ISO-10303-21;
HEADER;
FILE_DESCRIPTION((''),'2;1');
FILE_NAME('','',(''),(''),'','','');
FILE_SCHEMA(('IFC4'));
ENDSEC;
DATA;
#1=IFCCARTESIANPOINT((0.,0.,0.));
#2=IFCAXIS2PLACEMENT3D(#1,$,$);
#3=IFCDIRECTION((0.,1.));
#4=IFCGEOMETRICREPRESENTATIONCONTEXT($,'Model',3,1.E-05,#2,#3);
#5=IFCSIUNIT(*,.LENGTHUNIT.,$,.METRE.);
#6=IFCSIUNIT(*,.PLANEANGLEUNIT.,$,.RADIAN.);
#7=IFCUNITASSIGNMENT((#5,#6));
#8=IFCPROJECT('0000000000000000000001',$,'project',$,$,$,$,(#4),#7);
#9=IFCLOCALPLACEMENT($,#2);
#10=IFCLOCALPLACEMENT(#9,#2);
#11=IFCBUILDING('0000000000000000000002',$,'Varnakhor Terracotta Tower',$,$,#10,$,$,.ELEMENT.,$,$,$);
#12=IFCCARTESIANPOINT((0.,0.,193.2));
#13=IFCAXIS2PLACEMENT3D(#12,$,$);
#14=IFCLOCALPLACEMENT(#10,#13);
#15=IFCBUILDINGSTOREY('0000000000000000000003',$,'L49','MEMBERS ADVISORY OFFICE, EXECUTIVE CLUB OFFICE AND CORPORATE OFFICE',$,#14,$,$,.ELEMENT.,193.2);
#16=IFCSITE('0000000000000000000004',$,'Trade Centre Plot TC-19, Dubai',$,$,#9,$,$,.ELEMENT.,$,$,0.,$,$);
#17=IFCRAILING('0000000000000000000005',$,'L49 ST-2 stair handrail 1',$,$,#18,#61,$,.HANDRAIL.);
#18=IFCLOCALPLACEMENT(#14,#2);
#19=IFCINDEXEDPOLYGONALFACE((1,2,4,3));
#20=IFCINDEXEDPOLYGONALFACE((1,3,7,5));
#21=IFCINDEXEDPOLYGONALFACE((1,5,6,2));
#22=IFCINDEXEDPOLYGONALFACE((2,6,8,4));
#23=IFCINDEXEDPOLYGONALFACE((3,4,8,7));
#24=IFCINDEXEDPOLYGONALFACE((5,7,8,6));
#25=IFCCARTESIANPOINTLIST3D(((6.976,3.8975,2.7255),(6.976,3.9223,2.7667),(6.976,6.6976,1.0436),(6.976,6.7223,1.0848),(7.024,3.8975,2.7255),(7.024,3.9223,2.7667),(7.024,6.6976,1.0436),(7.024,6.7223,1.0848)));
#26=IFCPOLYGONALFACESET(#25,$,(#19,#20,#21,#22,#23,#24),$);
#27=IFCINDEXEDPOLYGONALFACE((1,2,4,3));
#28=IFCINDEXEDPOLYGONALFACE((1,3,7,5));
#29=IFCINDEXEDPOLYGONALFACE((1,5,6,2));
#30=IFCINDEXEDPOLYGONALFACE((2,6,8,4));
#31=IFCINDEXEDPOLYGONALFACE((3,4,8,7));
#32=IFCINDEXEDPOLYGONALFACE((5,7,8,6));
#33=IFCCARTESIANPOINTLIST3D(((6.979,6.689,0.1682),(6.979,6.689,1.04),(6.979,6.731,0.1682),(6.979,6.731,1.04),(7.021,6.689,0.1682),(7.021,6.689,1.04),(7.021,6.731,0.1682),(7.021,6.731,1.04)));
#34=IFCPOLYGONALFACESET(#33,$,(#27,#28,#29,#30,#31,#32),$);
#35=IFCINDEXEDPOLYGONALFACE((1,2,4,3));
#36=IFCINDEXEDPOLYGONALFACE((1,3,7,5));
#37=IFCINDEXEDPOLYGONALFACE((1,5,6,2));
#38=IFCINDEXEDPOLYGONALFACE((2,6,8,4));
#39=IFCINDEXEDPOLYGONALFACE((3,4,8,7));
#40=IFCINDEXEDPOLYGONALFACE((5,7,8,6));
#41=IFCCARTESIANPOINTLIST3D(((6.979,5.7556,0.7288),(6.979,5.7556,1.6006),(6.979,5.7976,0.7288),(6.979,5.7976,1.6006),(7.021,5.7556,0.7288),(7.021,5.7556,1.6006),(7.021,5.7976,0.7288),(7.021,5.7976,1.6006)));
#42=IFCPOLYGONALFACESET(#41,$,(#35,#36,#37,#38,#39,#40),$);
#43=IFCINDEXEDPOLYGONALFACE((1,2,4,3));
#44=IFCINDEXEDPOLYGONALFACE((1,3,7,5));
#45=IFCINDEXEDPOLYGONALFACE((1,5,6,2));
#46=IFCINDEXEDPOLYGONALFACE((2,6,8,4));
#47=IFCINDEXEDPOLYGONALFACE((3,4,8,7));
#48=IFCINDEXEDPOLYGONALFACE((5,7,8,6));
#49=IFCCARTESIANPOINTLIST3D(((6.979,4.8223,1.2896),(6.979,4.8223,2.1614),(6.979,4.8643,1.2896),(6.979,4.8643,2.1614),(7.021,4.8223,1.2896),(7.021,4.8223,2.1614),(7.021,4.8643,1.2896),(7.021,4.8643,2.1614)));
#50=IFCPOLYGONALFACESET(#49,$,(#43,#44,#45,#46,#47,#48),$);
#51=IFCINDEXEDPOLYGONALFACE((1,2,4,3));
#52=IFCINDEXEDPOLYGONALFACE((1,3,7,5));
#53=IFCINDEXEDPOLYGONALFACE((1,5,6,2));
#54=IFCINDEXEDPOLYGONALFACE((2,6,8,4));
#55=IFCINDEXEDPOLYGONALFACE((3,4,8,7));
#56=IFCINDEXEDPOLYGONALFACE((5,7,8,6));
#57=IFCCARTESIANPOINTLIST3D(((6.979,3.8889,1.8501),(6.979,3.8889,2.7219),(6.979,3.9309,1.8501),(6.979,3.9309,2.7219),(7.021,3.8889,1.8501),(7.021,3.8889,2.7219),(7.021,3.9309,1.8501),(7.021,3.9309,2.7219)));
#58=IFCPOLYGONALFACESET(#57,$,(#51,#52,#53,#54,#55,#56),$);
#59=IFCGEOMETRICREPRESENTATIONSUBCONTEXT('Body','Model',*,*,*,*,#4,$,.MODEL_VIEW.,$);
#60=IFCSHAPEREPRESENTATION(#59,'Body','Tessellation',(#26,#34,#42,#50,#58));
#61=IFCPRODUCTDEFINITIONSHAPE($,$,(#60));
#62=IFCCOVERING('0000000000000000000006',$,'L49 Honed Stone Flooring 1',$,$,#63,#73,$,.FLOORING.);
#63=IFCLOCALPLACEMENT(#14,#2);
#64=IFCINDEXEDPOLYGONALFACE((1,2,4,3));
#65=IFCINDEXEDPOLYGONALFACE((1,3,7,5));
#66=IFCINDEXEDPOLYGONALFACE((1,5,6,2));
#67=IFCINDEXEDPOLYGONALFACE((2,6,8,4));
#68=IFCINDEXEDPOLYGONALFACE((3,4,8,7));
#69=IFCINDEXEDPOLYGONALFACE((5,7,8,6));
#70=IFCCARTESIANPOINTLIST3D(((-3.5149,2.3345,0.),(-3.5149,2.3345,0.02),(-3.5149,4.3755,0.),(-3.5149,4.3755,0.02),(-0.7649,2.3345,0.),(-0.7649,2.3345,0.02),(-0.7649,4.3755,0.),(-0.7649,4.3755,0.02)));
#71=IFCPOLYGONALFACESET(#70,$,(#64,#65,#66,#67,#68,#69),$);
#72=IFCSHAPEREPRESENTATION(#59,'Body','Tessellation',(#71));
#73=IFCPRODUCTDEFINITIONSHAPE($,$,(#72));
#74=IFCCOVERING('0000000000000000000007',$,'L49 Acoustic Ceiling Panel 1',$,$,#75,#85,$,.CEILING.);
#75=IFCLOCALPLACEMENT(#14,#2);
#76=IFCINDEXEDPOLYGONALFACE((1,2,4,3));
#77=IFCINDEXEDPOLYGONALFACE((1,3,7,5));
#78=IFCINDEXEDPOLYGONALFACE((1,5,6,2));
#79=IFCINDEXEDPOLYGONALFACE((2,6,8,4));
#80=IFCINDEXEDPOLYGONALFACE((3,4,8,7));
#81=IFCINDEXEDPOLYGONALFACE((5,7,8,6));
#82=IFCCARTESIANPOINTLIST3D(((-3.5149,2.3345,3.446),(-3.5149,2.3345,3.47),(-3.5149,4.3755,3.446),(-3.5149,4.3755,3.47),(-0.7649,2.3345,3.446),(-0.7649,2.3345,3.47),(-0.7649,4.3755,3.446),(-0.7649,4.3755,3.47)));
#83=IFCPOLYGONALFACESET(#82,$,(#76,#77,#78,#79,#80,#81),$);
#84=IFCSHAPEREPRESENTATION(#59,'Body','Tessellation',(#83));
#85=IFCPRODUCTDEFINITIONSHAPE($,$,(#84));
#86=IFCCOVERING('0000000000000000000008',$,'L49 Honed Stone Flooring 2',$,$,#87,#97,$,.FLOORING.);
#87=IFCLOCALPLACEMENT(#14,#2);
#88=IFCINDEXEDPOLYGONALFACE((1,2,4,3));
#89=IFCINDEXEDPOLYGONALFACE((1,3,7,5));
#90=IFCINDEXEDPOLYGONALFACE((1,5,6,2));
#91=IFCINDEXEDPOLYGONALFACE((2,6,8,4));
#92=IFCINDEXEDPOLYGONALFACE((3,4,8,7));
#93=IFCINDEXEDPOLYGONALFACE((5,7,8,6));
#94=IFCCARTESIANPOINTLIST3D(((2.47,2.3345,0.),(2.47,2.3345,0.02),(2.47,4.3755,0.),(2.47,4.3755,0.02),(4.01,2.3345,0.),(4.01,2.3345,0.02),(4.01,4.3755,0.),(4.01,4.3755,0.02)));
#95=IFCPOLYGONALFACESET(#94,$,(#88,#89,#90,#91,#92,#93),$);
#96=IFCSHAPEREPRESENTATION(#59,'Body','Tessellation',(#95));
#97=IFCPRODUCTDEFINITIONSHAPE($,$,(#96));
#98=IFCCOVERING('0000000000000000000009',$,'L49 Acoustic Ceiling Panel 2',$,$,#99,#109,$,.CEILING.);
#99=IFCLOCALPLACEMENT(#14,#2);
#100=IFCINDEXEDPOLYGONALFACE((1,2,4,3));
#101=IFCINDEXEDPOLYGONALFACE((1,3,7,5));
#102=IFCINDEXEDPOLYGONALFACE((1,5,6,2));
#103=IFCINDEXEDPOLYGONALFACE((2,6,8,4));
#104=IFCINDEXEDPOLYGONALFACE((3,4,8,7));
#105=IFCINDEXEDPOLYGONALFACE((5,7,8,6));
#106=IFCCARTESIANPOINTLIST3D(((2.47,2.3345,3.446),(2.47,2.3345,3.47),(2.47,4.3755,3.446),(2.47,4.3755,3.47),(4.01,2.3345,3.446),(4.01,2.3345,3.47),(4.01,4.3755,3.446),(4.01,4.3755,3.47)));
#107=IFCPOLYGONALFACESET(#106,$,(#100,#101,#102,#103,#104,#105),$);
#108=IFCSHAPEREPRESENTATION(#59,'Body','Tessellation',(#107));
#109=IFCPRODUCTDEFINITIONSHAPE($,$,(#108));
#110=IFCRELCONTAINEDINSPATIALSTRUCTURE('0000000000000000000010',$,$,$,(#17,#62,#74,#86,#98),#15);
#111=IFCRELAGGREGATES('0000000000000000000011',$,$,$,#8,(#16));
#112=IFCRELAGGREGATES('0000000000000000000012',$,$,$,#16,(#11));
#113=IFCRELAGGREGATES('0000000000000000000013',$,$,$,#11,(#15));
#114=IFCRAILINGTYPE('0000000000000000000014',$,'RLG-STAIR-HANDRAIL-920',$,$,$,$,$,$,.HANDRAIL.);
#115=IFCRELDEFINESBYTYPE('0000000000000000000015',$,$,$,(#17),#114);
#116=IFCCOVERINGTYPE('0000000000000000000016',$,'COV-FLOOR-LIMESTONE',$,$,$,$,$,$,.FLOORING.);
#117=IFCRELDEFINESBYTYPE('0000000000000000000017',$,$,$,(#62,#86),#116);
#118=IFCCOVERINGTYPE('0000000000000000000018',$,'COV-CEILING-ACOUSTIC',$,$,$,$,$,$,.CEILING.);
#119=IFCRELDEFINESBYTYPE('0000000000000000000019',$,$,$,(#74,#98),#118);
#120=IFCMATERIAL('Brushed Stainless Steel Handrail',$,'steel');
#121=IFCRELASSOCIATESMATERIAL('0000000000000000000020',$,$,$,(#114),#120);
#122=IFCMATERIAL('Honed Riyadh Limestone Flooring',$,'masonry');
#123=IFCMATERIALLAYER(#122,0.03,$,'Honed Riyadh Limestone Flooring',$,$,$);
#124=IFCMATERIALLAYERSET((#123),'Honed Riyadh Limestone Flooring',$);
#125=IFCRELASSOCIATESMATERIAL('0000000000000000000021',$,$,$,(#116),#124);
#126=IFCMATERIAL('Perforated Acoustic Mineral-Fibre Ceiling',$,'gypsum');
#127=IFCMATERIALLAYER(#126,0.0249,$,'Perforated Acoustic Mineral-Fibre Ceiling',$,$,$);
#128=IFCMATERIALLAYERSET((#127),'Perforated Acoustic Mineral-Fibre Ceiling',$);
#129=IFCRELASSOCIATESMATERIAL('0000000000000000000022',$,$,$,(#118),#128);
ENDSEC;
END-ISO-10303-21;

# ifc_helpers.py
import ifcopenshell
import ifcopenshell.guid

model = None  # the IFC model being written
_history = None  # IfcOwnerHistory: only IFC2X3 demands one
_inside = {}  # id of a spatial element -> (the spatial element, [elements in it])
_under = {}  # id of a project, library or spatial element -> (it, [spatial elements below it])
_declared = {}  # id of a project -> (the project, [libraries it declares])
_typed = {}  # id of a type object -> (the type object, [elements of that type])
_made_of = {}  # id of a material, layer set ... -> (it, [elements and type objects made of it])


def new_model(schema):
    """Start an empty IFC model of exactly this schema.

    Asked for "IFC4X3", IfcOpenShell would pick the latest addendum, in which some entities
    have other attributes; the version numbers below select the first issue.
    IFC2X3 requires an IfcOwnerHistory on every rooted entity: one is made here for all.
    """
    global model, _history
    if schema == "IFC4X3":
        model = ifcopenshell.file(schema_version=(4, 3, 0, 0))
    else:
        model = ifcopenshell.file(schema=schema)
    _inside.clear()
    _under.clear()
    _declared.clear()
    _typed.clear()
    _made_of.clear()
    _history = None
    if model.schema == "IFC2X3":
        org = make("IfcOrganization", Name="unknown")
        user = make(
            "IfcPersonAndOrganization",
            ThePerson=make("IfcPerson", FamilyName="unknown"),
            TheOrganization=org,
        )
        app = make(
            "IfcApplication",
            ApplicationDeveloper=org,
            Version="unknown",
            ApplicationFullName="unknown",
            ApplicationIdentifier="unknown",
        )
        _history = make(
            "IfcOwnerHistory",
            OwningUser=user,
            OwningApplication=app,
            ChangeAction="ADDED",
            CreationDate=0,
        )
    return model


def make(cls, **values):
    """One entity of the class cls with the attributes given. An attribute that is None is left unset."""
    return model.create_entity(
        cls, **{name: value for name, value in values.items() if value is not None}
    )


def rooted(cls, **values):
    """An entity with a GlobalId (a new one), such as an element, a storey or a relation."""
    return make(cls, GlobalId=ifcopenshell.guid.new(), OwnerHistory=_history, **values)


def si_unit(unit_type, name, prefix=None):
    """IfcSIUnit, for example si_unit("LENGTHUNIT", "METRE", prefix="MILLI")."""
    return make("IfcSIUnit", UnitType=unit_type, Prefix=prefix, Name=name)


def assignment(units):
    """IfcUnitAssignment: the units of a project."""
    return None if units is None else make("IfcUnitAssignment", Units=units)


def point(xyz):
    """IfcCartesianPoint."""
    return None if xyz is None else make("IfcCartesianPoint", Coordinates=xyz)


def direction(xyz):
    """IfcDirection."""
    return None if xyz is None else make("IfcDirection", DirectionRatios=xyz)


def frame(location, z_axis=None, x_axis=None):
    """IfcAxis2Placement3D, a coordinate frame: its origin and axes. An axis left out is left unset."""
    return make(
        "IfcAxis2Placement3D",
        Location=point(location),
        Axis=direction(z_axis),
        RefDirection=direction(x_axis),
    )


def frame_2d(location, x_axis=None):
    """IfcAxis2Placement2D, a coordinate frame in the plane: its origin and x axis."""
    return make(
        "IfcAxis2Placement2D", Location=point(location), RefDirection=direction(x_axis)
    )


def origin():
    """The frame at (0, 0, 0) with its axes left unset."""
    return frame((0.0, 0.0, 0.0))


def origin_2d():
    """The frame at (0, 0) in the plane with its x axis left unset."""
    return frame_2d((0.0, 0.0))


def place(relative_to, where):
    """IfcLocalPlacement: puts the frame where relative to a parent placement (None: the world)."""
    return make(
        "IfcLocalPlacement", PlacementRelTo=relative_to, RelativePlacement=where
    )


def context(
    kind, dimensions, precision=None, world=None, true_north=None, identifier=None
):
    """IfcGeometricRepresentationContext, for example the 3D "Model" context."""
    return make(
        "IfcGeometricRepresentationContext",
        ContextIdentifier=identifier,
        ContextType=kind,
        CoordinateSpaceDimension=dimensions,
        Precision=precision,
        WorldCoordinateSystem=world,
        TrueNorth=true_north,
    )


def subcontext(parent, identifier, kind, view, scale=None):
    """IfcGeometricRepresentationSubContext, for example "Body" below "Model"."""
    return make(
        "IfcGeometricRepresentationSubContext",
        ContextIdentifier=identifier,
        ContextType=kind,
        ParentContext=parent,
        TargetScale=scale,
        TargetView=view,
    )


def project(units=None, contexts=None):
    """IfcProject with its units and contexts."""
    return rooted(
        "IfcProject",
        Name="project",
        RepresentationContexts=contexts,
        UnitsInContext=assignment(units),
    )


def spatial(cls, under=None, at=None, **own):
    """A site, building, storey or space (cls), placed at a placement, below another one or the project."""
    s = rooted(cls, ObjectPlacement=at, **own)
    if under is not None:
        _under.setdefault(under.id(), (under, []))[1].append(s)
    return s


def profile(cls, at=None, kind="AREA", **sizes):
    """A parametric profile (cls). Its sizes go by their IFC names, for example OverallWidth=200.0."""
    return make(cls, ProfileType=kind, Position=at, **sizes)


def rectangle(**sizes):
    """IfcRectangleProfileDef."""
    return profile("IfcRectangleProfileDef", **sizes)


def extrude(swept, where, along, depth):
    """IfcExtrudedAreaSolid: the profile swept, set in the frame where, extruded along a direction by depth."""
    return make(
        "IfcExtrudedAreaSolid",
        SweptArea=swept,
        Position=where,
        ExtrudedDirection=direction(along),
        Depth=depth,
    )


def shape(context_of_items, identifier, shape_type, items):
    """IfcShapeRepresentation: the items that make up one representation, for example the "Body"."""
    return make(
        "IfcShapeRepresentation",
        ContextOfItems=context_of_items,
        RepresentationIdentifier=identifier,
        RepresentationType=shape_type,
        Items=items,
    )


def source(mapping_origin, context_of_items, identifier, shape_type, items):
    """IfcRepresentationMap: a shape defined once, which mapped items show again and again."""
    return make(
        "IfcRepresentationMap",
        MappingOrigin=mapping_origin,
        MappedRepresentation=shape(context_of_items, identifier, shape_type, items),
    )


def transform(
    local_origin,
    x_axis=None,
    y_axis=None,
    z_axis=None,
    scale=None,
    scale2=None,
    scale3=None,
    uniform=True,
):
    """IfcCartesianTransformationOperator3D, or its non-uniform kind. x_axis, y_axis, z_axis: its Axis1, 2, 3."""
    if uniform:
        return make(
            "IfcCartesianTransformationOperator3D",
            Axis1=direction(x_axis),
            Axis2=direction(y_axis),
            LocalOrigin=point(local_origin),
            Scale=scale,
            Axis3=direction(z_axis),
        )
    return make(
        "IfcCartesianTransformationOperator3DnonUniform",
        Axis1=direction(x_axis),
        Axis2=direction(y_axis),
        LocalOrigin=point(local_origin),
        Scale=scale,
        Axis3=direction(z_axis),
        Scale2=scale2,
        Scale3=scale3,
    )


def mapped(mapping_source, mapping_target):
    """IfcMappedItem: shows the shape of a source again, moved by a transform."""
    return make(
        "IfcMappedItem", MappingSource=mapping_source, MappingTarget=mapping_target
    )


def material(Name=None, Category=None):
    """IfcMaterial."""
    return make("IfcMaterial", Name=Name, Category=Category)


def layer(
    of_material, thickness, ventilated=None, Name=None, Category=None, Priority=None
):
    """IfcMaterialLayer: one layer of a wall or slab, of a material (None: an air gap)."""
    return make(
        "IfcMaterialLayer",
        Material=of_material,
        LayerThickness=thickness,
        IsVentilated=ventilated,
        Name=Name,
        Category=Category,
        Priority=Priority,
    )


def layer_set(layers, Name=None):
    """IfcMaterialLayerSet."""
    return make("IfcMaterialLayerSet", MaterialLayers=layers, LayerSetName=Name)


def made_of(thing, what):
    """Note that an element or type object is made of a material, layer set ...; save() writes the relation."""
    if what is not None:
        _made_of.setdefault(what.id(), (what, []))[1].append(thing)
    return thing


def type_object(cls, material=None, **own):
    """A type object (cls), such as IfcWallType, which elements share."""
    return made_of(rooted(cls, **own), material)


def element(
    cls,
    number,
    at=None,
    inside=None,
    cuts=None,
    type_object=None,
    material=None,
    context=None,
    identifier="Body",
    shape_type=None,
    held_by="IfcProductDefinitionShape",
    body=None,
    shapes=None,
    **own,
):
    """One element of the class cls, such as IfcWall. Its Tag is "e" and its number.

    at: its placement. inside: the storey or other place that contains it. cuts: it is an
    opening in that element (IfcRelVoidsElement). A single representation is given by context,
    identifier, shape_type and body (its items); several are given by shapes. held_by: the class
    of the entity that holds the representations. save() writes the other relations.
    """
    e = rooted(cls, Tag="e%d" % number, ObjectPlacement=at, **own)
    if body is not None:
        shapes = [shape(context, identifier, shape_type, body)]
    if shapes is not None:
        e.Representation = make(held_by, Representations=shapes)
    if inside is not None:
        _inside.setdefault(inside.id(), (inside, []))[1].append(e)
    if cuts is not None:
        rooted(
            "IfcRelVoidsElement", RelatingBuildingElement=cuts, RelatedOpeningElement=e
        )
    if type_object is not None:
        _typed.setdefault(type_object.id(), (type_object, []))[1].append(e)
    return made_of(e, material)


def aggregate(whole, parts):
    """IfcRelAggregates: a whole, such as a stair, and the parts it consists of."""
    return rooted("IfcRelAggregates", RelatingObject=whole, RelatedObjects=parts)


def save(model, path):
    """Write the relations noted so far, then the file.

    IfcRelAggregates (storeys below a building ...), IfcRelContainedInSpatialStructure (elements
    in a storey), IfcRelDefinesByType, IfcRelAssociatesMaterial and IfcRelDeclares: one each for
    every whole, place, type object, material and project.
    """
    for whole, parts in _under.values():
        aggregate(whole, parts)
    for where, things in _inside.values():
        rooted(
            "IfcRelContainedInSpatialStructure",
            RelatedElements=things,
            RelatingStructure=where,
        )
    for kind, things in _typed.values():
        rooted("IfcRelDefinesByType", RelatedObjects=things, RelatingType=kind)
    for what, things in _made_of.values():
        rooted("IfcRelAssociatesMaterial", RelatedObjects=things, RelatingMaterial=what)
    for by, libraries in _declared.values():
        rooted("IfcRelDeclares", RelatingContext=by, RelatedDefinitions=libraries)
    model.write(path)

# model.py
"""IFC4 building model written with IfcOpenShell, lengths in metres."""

from ifc_helpers import new_model, si_unit, direction, frame, origin, origin_2d, place, context, subcontext, project, spatial, rectangle, extrude, source, transform, mapped, material, layer, layer_set, type_object, element, save


model = new_model("IFC4")

# Units and contexts
model_context = context("Model", 3, precision=1e-05, world=origin(), true_north=direction((0.0, 1.0)))
body_context = subcontext(model_context, "Body", "Model", "MODEL_VIEW")
ifc_project = project(units=[si_unit("LENGTHUNIT", "METRE"), si_unit("PLANEANGLEUNIT", "RADIAN")], contexts=[model_context])

# Site, building, storey
site_placement = place(None, origin())
site = spatial("IfcSite", under=ifc_project, at=site_placement, Name="Trade Centre Plot TC-19, Dubai", CompositionType="ELEMENT", RefElevation=0.0)
building_placement = place(site_placement, origin())
building = spatial("IfcBuilding", under=site, at=building_placement, Name="Varnakhor Terracotta Tower", CompositionType="ELEMENT")
storey_placement = place(building_placement, frame((0.0, 0.0, 193.2)))
storey = spatial("IfcBuildingStorey", under=building, at=storey_placement, Name="L49", Description="MEMBERS ADVISORY OFFICE, EXECUTIVE CLUB OFFICE AND CORPORATE OFFICE", CompositionType="ELEMENT", Elevation=193.2)

# Railing
ifc_material_1 = material(Name="Brushed Stainless Steel Handrail", Category="steel")
railing_type_1 = type_object("IfcRailingType", Name="RLG-STAIR-HANDRAIL-920", PredefinedType="HANDRAIL", material=ifc_material_1)
railing_1_placement = place(storey_placement, frame((7.0, 6.71, 0.1682)))
element("IfcRailing", 1, at=railing_1_placement, inside=storey, type_object=railing_type_1, Name="L49 ST-2 stair handrail 1", PredefinedType="HANDRAIL", context=body_context, shape_type="SweptSolid", body=[
    extrude(rectangle(XDim=0.0481, YDim=0.0481, at=origin_2d()), frame((0.0, 0.0, 0.896), z_axis=(0.0, -0.857242, 0.514913), x_axis=(1.0, 0.0, 0.0)), (0.0, 0.0, 1.0), 3.2664),
    extrude(rectangle(XDim=0.042, YDim=0.042, at=origin_2d()), origin(), (0.0, 0.0, 1.0), 0.8718),
    extrude(rectangle(XDim=0.042, YDim=0.042, at=origin_2d()), frame((0.0, -0.9333, 0.5605)), (0.0, 0.0, 1.0), 0.8718),
    extrude(rectangle(XDim=0.042, YDim=0.042, at=origin_2d()), frame((0.0, -1.8667, 1.1213)), (0.0, 0.0, 1.0), 0.8718),
    extrude(rectangle(XDim=0.042, YDim=0.042, at=origin_2d()), frame((0.0, -2.8, 1.6819)), (0.0, 0.0, 1.0), 0.8718),
])

# Coverings
ifc_material_2 = material(Name="Honed Riyadh Limestone Flooring", Category="masonry")
ifc_layer_1 = layer(ifc_material_2, 0.03, Name="Honed Riyadh Limestone Flooring")
ifc_layer_set_1 = layer_set([ifc_layer_1], Name="Honed Riyadh Limestone Flooring")
covering_type_1 = type_object("IfcCoveringType", Name="COV-FLOOR-LIMESTONE", PredefinedType="FLOORING", material=ifc_layer_set_1)
shared_shape_1 = source(origin(), body_context, "Body", "SweptSolid", [
    extrude(rectangle(XDim=2.75, YDim=2.041, at=origin_2d()), origin(), (0.0, 0.0, 1.0), 0.02),
])
covering_1_placement = place(storey_placement, frame((-2.1399, 3.355, 0.0), z_axis=(0.0, 0.0, 1.0), x_axis=(1.0, 0.0, 0.0)))
element("IfcCovering", 2, at=covering_1_placement, inside=storey, type_object=covering_type_1, Name="L49 Honed Stone Flooring 1", PredefinedType="FLOORING", context=body_context, shape_type="MappedRepresentation", body=[
    mapped(shared_shape_1, transform((0.0, 0.0, 0.0), scale=1.0)),
])
ifc_material_3 = material(Name="Perforated Acoustic Mineral-Fibre Ceiling", Category="gypsum")
ifc_layer_2 = layer(ifc_material_3, 0.0249, Name="Perforated Acoustic Mineral-Fibre Ceiling")
ifc_layer_set_2 = layer_set([ifc_layer_2], Name="Perforated Acoustic Mineral-Fibre Ceiling")
covering_type_2 = type_object("IfcCoveringType", Name="COV-CEILING-ACOUSTIC", PredefinedType="CEILING", material=ifc_layer_set_2)
shared_shape_2 = source(origin(), body_context, "Body", "SweptSolid", [
    extrude(rectangle(XDim=2.75, YDim=2.041, at=origin_2d()), origin(), (0.0, 0.0, 1.0), 0.0239),
])
covering_2_placement = place(storey_placement, frame((-2.1399, 3.355, 3.446), z_axis=(0.0, 0.0, 1.0), x_axis=(1.0, 0.0, 0.0)))
element("IfcCovering", 3, at=covering_2_placement, inside=storey, type_object=covering_type_2, Name="L49 Acoustic Ceiling Panel 1", PredefinedType="CEILING", context=body_context, shape_type="MappedRepresentation", body=[
    mapped(shared_shape_2, transform((0.0, 0.0, 0.0), scale=1.0)),
])
shared_shape_3 = source(origin(), body_context, "Body", "SweptSolid", [
    extrude(rectangle(XDim=1.54, YDim=2.041, at=origin_2d()), origin(), (0.0, 0.0, 1.0), 0.02),
])
covering_3_placement = place(storey_placement, frame((3.24, 3.355, 0.0), z_axis=(0.0, 0.0, 1.0), x_axis=(1.0, 0.0, 0.0)))
element("IfcCovering", 4, at=covering_3_placement, inside=storey, type_object=covering_type_1, Name="L49 Honed Stone Flooring 2", PredefinedType="FLOORING", context=body_context, shape_type="MappedRepresentation", body=[
    mapped(shared_shape_3, transform((0.0, 0.0, 0.0), scale=1.0)),
])
shared_shape_4 = source(origin(), body_context, "Body", "SweptSolid", [
    extrude(rectangle(XDim=1.54, YDim=2.041, at=origin_2d()), origin(), (0.0, 0.0, 1.0), 0.0239),
])
covering_4_placement = place(storey_placement, frame((3.24, 3.355, 3.446), z_axis=(0.0, 0.0, 1.0), x_axis=(1.0, 0.0, 0.0)))
element("IfcCovering", 5, at=covering_4_placement, inside=storey, type_object=covering_type_2, Name="L49 Acoustic Ceiling Panel 2", PredefinedType="CEILING", context=body_context, shape_type="MappedRepresentation", body=[
    mapped(shared_shape_4, transform((0.0, 0.0, 0.0), scale=1.0)),
])

save(model, "model.ifc")
